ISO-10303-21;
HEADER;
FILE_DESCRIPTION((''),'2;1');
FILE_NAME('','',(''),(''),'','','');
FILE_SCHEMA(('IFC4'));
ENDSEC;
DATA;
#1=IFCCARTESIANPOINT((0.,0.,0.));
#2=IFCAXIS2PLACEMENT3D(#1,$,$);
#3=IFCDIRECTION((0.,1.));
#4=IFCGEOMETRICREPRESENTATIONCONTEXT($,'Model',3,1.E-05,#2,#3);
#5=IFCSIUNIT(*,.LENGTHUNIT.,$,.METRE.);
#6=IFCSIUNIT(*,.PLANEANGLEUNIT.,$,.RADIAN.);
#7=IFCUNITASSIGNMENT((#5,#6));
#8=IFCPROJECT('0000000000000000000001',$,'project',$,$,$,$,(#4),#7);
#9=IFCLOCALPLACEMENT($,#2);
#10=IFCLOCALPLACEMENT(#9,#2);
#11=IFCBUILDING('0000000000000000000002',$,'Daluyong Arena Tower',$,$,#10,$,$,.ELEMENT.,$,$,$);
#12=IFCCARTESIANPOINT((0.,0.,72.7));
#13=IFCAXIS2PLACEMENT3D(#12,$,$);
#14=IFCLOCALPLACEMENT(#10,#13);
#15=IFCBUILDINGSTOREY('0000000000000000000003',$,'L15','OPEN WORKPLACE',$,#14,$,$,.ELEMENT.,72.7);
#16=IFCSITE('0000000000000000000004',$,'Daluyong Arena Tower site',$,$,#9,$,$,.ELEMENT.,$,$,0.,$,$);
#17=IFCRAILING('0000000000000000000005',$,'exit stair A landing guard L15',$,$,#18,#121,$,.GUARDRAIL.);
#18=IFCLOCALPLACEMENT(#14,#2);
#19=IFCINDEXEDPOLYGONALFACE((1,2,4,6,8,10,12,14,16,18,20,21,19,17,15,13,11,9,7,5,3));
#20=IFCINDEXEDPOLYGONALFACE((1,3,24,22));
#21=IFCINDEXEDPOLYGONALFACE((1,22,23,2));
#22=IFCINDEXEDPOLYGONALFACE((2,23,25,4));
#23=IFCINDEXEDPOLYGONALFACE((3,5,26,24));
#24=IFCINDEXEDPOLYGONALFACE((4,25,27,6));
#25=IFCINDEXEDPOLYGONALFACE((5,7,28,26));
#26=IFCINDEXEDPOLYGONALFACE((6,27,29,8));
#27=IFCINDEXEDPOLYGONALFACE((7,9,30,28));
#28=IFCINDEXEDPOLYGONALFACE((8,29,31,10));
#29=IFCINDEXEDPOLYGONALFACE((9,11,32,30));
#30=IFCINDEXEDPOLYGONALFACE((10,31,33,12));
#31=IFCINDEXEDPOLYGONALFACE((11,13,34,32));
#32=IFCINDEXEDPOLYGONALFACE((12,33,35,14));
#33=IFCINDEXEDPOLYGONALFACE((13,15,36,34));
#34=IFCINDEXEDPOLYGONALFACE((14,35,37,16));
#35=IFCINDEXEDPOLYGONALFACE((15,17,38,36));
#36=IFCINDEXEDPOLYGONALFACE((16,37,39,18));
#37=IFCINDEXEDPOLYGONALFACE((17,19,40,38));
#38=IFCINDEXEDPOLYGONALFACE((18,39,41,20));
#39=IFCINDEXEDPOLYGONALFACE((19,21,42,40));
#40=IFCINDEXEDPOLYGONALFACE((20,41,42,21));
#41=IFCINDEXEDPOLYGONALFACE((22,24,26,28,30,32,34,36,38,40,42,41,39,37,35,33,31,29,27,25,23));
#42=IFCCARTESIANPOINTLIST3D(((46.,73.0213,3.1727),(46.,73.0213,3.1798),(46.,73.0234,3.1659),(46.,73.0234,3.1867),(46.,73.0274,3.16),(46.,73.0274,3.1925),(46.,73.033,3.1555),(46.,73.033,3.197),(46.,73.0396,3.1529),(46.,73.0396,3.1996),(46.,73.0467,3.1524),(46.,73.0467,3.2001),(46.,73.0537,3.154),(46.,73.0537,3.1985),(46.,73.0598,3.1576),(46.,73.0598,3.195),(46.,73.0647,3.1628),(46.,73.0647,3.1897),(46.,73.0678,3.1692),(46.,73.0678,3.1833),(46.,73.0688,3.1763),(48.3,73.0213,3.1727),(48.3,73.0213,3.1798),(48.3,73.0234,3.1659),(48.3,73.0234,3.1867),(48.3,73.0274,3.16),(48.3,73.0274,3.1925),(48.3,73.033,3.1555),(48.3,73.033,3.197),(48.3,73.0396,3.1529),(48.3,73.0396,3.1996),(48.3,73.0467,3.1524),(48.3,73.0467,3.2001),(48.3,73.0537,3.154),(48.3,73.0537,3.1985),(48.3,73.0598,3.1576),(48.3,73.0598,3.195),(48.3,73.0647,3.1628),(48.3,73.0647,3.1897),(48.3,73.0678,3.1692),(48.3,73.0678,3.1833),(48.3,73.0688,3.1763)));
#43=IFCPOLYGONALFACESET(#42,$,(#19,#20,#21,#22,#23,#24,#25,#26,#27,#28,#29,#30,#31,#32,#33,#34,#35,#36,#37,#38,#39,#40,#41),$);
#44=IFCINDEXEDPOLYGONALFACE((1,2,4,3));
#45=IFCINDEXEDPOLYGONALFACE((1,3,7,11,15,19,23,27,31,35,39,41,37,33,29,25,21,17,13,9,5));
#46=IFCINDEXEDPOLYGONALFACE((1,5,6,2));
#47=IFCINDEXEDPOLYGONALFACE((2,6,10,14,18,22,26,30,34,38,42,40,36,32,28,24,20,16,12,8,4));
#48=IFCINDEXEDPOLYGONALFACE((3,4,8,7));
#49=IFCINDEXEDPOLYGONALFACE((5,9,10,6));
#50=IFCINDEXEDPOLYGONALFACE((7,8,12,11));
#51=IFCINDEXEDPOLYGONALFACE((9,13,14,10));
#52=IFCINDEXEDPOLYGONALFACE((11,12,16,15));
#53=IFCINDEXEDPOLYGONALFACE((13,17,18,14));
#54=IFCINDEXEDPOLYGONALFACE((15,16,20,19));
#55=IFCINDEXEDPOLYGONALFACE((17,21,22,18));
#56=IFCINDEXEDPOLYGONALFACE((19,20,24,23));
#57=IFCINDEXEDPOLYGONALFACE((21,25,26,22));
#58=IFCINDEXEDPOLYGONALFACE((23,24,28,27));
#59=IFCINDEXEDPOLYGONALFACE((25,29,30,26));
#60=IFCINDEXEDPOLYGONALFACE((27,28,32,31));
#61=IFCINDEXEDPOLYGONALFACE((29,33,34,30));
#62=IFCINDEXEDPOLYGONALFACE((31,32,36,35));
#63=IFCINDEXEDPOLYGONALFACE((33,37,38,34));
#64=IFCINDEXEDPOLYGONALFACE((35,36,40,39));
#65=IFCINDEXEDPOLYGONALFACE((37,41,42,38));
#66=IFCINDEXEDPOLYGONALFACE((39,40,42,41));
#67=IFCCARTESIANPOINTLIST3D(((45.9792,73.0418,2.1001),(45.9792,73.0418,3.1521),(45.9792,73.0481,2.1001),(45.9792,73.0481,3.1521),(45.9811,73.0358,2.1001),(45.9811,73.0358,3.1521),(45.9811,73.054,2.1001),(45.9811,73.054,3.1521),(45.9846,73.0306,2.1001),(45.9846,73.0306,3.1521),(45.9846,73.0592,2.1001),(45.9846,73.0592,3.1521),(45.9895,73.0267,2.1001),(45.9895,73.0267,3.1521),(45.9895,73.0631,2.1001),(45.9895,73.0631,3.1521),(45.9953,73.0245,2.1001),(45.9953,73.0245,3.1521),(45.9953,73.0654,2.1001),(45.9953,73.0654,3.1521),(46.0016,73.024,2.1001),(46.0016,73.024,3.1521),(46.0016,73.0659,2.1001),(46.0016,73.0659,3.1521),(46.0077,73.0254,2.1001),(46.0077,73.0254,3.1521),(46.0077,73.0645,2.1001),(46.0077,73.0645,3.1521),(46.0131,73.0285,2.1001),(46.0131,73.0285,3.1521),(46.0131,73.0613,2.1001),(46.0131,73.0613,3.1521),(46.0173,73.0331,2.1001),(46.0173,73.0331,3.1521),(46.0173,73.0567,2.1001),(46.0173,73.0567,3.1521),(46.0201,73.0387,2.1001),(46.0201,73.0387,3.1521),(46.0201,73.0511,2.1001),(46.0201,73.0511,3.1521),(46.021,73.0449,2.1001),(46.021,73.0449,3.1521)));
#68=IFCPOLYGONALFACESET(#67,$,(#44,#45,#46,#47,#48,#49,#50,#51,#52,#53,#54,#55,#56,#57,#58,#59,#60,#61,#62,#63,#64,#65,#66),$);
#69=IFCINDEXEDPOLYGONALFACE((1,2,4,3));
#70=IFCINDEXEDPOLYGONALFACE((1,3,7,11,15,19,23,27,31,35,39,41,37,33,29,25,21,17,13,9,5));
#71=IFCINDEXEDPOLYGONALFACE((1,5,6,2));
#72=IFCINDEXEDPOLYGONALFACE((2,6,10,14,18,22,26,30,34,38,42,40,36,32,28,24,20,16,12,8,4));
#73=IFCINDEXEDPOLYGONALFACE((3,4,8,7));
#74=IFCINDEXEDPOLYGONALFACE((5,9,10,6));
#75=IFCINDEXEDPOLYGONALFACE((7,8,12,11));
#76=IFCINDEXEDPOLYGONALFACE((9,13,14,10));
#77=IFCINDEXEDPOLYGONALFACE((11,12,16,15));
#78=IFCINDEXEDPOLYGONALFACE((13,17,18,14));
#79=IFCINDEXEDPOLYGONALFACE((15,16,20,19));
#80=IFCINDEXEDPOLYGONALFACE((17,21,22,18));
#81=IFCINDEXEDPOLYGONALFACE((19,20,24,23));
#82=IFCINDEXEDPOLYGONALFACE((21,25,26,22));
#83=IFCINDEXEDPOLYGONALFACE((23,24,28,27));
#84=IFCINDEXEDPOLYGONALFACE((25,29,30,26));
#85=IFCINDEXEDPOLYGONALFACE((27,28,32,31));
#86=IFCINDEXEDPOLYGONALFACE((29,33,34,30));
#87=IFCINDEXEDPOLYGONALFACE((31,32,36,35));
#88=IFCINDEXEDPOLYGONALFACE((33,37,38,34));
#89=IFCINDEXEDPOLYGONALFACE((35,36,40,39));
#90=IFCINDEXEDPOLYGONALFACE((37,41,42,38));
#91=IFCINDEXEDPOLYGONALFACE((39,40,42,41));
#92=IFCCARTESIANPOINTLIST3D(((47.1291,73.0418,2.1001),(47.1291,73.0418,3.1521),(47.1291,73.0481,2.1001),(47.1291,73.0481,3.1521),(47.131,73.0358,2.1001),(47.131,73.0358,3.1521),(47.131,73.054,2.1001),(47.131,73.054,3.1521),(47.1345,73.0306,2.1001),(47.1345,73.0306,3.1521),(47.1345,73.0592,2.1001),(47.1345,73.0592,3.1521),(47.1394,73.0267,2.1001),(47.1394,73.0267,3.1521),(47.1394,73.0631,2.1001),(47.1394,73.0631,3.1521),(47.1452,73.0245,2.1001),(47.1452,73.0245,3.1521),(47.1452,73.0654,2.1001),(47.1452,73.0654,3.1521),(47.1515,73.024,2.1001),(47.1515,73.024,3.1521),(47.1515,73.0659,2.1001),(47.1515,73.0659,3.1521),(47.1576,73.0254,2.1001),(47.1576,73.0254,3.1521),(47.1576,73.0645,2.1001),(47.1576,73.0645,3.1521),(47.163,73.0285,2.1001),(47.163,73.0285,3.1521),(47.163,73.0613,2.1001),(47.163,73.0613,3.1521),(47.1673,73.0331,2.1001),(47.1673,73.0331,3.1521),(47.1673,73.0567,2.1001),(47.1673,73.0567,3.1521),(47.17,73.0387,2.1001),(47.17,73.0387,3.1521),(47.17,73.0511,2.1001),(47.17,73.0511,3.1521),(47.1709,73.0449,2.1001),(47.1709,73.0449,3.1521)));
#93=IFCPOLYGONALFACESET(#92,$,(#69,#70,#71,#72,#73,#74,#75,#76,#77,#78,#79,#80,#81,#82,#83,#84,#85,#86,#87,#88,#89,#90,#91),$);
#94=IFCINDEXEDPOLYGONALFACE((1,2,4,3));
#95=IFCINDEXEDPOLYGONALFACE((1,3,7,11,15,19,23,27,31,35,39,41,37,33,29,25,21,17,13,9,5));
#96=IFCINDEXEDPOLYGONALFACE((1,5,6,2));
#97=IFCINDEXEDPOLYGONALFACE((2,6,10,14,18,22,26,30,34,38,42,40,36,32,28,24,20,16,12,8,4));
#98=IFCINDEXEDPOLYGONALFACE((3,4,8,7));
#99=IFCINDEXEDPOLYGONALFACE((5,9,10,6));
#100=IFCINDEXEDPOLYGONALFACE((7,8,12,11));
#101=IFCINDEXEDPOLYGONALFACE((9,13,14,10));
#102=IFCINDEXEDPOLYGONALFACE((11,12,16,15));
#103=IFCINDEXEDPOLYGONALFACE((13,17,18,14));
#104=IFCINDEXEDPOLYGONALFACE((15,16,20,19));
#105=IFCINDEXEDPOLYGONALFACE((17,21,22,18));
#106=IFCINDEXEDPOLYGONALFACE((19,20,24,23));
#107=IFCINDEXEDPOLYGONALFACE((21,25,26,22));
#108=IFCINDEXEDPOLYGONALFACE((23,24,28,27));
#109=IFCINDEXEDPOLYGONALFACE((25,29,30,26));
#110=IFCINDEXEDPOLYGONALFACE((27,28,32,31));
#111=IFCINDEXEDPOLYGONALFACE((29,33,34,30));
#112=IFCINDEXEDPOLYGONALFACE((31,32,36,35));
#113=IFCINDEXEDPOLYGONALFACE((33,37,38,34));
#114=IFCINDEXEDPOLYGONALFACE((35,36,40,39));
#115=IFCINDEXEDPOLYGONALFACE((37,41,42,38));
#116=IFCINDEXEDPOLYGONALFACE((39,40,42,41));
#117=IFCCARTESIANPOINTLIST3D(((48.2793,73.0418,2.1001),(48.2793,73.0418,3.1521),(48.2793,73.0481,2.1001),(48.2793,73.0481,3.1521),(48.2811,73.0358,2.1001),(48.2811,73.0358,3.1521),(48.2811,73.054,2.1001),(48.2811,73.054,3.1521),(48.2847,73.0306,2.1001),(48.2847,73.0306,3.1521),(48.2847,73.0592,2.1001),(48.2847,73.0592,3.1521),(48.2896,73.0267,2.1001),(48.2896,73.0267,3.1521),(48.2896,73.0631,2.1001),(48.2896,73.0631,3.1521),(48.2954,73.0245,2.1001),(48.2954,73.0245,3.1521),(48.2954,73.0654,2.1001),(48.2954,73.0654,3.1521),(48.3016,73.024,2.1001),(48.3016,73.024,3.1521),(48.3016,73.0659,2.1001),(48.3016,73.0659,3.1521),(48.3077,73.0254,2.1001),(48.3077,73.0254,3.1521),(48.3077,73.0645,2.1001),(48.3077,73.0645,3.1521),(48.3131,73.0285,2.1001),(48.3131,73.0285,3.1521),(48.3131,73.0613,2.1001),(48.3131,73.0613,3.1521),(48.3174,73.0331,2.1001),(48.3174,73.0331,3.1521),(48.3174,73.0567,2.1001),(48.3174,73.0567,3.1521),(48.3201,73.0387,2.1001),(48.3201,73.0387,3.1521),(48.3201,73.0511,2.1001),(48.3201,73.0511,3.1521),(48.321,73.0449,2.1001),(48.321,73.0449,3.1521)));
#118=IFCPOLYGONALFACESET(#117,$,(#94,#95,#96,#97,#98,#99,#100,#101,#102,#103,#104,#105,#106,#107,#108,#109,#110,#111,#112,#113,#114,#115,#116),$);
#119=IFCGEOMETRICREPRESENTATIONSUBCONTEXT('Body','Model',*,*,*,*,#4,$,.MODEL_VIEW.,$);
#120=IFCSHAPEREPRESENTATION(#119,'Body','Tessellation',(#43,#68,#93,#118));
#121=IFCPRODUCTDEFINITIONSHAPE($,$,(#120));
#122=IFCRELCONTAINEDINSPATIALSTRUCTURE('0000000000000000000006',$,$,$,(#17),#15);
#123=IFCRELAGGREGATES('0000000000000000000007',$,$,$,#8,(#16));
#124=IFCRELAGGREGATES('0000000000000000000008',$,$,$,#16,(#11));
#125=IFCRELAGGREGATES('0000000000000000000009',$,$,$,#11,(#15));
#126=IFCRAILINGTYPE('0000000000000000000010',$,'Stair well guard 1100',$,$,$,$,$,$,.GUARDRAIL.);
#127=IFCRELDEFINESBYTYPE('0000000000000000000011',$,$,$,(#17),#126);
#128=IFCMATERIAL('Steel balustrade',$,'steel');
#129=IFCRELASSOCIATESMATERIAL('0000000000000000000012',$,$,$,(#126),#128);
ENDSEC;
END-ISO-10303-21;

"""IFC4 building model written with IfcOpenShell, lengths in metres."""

from ifc_helpers import new_model, si_unit, direction, frame, origin, origin_2d, place, context, subcontext, project, spatial, circle, extrude, material, type_object, element, save


model = new_model("IFC4")

# Units and contexts
model_context = context("Model", 3, precision=1e-05, world=origin(), true_north=direction((0.0, 1.0)))
body_context = subcontext(model_context, "Body", "Model", "MODEL_VIEW")
ifc_project = project(units=[si_unit("LENGTHUNIT", "METRE"), si_unit("PLANEANGLEUNIT", "RADIAN")], contexts=[model_context])

# Site, building, storey
site_placement = place(None, origin())
site = spatial("IfcSite", under=ifc_project, at=site_placement, Name="Daluyong Arena Tower site", CompositionType="ELEMENT", RefElevation=0.0)
building_placement = place(site_placement, origin())
building = spatial("IfcBuilding", under=site, at=building_placement, Name="Daluyong Arena Tower", CompositionType="ELEMENT")
storey_placement = place(building_placement, frame((0.0, 0.0, 72.7)))
storey = spatial("IfcBuildingStorey", under=building, at=storey_placement, Name="L15", Description="OPEN WORKPLACE", CompositionType="ELEMENT", Elevation=72.7)

# Railing
ifc_material_1 = material(Name="Steel balustrade", Category="steel")
railing_type_1 = type_object("IfcRailingType", Name="Stair well guard 1100", PredefinedType="GUARDRAIL", material=ifc_material_1)
railing_1_placement = place(storey_placement, frame((46.0, 73.0449, 2.1001)))
element("IfcRailing", 1, at=railing_1_placement, inside=storey, type_object=railing_type_1, Name="exit stair A landing guard L15", PredefinedType="GUARDRAIL", context=body_context, shape_type="SweptSolid", body=[
    extrude(circle(Radius=0.0239, at=origin_2d()), frame((0.0, 0.0, 1.0762), z_axis=(1.0, 0.0, 0.0), x_axis=(0.0, 1.0, 0.0)), (0.0, 0.0, 1.0), 2.3),
    extrude(circle(Radius=0.021, at=origin_2d()), origin(), (0.0, 0.0, 1.0), 1.052),
    extrude(circle(Radius=0.021, at=origin_2d()), frame((1.1499, 0.0, 0.0)), (0.0, 0.0, 1.0), 1.052),
    extrude(circle(Radius=0.021, at=origin_2d()), frame((2.3, 0.0, 0.0)), (0.0, 0.0, 1.0), 1.052),
])

save(model, "model.ifc")
